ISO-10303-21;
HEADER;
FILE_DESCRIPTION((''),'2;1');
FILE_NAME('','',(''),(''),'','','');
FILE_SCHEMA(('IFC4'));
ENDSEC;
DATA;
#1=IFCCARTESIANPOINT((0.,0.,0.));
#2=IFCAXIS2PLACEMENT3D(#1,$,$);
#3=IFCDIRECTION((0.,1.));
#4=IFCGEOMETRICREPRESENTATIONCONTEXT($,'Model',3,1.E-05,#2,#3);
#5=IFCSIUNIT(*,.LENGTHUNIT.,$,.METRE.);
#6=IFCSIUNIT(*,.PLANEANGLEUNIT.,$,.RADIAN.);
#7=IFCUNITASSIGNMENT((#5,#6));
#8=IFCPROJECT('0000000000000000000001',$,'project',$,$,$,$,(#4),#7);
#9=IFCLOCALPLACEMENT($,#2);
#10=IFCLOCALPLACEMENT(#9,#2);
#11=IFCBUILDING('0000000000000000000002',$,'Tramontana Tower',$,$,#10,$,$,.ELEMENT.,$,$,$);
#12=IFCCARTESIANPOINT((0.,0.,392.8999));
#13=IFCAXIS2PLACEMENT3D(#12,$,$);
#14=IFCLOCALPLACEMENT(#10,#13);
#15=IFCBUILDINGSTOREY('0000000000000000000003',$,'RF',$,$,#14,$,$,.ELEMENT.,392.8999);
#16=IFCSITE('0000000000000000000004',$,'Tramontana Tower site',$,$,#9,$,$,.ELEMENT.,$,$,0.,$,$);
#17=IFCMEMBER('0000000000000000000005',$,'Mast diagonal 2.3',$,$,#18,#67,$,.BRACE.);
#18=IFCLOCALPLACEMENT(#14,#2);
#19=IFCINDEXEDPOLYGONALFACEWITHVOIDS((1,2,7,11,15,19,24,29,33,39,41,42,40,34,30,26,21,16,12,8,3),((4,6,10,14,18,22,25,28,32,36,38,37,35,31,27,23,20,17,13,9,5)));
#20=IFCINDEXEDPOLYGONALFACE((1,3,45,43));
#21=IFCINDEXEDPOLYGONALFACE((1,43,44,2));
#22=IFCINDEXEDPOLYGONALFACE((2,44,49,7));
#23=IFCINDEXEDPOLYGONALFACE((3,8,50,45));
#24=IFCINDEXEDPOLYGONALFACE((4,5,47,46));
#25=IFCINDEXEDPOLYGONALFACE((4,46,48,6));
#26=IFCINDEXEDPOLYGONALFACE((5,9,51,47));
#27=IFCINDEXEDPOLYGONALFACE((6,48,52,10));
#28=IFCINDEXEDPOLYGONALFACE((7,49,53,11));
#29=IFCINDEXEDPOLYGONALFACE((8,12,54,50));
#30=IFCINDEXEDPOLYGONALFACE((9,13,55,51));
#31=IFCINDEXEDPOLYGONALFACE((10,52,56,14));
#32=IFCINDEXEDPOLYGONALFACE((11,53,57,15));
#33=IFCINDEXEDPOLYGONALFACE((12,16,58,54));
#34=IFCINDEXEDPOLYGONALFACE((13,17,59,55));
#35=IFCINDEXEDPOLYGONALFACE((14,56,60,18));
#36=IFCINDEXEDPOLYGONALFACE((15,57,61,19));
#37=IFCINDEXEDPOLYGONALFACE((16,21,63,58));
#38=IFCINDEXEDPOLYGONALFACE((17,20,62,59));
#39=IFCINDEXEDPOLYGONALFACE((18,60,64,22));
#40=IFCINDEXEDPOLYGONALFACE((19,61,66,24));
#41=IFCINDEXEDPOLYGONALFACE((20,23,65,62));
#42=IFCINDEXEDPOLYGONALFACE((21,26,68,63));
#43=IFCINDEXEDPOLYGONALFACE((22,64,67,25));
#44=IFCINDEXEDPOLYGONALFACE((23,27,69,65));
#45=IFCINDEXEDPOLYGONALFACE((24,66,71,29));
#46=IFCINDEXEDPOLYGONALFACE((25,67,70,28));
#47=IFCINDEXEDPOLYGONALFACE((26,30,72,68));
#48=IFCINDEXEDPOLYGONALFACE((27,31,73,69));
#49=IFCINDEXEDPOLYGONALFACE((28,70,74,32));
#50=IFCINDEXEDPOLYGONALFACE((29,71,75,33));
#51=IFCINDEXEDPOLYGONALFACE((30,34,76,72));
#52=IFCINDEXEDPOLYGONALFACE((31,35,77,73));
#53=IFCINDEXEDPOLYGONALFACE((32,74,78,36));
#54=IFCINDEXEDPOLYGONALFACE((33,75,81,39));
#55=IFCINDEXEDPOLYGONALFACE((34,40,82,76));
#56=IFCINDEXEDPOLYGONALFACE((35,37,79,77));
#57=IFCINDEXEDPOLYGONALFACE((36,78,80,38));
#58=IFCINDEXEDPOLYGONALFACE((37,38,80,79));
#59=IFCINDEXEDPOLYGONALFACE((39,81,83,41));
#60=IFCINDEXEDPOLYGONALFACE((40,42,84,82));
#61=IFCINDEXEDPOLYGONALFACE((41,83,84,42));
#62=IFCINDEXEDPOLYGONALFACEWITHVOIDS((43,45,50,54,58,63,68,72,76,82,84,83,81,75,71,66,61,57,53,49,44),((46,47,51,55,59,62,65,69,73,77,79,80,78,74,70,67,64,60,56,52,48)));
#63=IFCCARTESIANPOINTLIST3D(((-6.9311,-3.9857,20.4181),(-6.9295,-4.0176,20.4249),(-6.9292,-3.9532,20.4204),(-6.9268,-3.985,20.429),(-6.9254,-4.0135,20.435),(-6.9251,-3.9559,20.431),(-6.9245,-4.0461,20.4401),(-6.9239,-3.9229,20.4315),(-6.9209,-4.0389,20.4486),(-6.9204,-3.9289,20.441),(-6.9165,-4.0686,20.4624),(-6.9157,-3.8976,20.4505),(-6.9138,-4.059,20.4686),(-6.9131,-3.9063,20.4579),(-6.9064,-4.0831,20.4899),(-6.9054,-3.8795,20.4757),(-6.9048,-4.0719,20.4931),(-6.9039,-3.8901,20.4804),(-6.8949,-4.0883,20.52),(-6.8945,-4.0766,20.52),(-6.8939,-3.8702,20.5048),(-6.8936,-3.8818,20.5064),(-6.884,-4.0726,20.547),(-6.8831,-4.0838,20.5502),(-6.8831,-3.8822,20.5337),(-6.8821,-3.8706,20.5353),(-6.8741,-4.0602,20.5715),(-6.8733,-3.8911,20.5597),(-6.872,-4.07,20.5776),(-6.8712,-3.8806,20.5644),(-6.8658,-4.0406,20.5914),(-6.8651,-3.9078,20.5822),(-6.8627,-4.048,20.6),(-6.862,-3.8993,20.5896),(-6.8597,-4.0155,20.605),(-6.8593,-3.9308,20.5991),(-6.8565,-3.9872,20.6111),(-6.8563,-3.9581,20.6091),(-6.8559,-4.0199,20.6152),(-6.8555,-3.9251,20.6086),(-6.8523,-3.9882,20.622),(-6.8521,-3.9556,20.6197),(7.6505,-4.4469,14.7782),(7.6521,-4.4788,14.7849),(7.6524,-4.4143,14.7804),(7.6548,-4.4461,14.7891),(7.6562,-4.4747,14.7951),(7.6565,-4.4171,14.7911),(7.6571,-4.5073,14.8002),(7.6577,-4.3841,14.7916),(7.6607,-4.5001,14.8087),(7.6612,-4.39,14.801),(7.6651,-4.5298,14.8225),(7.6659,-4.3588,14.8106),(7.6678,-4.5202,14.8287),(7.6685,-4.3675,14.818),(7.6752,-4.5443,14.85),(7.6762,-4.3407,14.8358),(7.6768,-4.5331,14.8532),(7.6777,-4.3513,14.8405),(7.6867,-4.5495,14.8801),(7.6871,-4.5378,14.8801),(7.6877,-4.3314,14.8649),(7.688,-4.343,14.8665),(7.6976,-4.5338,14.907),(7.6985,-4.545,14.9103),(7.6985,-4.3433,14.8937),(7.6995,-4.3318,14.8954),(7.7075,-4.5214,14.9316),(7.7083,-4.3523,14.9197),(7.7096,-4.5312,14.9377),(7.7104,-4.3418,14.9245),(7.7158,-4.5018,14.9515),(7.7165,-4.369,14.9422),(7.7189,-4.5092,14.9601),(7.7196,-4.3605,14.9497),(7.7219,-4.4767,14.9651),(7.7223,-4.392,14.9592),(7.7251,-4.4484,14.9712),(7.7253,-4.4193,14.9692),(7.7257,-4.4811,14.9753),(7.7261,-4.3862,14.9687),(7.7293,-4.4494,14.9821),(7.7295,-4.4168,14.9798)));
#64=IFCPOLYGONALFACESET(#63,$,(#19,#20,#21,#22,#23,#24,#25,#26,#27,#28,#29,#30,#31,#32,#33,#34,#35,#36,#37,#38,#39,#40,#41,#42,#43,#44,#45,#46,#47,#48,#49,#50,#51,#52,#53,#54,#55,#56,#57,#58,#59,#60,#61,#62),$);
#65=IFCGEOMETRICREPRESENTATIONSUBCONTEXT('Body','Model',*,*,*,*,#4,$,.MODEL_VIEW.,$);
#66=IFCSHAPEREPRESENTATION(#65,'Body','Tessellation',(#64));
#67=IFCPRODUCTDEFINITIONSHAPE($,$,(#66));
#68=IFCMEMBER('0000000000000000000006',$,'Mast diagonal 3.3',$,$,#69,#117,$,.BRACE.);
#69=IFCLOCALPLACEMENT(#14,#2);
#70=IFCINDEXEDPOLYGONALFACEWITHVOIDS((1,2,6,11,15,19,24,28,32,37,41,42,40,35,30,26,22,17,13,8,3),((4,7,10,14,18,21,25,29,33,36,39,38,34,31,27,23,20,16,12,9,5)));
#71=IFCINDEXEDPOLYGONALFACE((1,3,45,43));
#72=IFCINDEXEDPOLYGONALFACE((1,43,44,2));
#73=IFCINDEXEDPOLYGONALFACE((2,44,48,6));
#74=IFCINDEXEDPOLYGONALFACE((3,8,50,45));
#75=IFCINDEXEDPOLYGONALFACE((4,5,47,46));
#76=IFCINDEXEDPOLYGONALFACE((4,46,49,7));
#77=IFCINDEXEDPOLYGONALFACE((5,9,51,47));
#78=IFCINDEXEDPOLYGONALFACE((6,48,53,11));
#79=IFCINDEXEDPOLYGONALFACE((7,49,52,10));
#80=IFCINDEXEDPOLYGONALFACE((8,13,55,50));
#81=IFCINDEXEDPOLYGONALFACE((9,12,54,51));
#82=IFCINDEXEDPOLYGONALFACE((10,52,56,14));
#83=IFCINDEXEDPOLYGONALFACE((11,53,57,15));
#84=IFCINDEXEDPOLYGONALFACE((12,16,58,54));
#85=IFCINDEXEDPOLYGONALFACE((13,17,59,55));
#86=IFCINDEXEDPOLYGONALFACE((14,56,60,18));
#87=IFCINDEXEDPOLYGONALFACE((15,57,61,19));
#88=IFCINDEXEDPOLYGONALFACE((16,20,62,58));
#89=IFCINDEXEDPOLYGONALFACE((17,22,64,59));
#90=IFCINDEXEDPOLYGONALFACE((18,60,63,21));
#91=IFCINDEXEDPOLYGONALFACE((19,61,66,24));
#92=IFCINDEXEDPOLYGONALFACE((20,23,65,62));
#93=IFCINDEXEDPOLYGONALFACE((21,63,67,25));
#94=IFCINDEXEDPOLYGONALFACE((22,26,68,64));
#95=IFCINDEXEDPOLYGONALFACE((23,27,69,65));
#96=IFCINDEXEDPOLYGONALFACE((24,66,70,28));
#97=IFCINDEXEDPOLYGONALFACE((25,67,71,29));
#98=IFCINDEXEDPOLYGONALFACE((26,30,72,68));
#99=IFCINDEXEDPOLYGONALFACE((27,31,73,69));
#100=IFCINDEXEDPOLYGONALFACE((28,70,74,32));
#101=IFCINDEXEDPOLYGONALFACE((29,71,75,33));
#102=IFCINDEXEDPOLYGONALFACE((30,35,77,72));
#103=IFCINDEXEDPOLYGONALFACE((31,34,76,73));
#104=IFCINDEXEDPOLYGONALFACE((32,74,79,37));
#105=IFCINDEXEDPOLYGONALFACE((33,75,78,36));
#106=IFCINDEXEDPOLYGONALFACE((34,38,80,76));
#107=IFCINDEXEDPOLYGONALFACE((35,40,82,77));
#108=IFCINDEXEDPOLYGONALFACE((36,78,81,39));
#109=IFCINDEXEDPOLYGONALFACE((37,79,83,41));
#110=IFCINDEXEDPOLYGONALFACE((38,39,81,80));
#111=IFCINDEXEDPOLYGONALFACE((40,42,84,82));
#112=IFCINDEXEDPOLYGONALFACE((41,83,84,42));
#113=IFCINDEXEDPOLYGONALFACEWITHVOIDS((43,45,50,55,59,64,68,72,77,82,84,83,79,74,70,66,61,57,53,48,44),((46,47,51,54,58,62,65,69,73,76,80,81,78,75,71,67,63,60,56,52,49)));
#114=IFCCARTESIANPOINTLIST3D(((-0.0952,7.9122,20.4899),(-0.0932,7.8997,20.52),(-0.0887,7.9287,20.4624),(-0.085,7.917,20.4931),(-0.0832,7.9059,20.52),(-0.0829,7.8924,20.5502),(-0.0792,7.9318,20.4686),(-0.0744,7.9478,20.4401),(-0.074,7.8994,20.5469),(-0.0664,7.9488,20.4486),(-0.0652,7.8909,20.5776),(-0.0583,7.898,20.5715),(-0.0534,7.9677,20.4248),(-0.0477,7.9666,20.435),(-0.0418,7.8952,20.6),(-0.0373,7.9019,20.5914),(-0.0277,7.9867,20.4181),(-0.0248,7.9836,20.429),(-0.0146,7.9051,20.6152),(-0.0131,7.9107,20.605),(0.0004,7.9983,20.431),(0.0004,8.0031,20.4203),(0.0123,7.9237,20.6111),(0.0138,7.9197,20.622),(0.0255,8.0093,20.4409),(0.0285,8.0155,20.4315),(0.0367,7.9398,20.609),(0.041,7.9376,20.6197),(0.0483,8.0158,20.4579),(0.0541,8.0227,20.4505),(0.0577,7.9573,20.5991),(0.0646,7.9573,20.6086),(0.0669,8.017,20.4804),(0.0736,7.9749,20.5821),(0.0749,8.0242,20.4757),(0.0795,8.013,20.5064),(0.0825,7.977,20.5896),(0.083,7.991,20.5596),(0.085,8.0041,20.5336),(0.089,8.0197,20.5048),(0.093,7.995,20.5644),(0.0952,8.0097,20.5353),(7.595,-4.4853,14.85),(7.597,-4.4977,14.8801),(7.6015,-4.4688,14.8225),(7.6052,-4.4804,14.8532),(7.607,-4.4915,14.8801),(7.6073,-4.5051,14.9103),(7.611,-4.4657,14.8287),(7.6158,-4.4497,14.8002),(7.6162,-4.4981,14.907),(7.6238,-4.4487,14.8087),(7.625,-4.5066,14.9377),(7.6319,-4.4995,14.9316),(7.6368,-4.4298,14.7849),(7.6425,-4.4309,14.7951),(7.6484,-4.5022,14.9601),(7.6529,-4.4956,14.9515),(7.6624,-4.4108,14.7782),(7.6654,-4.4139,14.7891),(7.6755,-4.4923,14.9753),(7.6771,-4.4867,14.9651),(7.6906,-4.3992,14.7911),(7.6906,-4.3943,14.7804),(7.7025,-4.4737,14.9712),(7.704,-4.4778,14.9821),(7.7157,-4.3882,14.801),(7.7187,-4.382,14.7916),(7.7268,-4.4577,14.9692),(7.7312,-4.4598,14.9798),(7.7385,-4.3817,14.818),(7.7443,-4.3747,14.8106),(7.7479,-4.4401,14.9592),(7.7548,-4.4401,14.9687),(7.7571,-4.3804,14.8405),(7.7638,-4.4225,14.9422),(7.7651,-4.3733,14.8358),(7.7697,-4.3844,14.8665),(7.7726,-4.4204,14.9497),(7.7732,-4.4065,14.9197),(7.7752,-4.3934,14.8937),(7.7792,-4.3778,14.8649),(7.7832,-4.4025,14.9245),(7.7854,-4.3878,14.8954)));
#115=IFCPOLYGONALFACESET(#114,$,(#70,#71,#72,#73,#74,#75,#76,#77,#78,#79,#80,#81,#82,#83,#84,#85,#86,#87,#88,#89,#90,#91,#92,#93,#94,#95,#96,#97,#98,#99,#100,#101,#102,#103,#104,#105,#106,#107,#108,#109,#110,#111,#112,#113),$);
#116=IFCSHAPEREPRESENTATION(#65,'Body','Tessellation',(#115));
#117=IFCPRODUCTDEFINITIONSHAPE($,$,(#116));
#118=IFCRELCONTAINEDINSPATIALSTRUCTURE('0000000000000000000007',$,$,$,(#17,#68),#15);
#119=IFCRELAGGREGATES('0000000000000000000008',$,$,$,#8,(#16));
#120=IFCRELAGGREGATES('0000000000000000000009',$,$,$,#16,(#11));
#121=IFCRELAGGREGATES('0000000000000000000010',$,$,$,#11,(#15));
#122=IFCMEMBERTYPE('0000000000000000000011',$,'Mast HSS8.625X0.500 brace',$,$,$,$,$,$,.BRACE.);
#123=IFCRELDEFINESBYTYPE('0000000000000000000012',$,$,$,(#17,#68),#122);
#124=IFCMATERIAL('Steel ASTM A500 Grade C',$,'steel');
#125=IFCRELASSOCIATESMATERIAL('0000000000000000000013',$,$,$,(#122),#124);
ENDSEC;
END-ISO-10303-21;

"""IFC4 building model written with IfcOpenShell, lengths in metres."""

from ifc_helpers import new_model, si_unit, direction, frame, origin, origin_2d, place, context, subcontext, project, spatial, hollow_circle, extrude, material, material_profile, profile_set, type_object, element, save


model = new_model("IFC4")

# Units and contexts
model_context = context("Model", 3, precision=1e-05, world=origin(), true_north=direction((0.0, 1.0)))
body_context = subcontext(model_context, "Body", "Model", "MODEL_VIEW")
ifc_project = project(units=[si_unit("LENGTHUNIT", "METRE"), si_unit("PLANEANGLEUNIT", "RADIAN")], contexts=[model_context])

# Site, building, storey
site_placement = place(None, origin())
site = spatial("IfcSite", under=ifc_project, at=site_placement, Name="Tramontana Tower site", CompositionType="ELEMENT", RefElevation=0.0)
building_placement = place(site_placement, origin())
building = spatial("IfcBuilding", under=site, at=building_placement, Name="Tramontana Tower", CompositionType="ELEMENT")
storey_placement = place(building_placement, frame((0.0, 0.0, 392.8999)))
storey = spatial("IfcBuildingStorey", under=building, at=storey_placement, Name="RF", CompositionType="ELEMENT", Elevation=392.8999)

# Members
ifc_material_1 = material(Name="Steel ASTM A500 Grade C", Category="steel")
ifc_material_profile_1 = material_profile(ifc_material_1, hollow_circle(Radius=0.1096, WallThickness=0.0117, at=origin_2d()), Name="HSS8.625X0.500")
ifc_profile_set_1 = profile_set([ifc_material_profile_1], Name="Steel ASTM A500 Grade C")
member_type_1 = type_object("IfcMemberType", Name="Mast HSS8.625X0.500 brace", PredefinedType="BRACE", material=ifc_profile_set_1)
for number, where, z_axis, x_axis, name in (
    (1, (7.6902, -4.4399, 14.8801), (-0.932261, 0.029485, 0.360583), (-0.031612, -0.9995, 0.0), "Mast diagonal 2.3"),
    (2, (7.6902, -4.4399, 14.8801), (-0.491665, 0.79262, 0.360581), (-0.849787, -0.527126, 0.0), "Mast diagonal 3.3"),
):
    element("IfcMember", number, at=place(storey_placement, frame(where, z_axis=z_axis, x_axis=x_axis)), inside=storey, type_object=member_type_1, Name=name, PredefinedType="BRACE", context=body_context, shape_type="SweptSolid", body=[
        extrude(hollow_circle(Radius=0.1096, WallThickness=0.0117, at=origin_2d()), origin(), (0.0, 0.0, 1.0), 15.6411),
    ])

save(model, "model.ifc")
